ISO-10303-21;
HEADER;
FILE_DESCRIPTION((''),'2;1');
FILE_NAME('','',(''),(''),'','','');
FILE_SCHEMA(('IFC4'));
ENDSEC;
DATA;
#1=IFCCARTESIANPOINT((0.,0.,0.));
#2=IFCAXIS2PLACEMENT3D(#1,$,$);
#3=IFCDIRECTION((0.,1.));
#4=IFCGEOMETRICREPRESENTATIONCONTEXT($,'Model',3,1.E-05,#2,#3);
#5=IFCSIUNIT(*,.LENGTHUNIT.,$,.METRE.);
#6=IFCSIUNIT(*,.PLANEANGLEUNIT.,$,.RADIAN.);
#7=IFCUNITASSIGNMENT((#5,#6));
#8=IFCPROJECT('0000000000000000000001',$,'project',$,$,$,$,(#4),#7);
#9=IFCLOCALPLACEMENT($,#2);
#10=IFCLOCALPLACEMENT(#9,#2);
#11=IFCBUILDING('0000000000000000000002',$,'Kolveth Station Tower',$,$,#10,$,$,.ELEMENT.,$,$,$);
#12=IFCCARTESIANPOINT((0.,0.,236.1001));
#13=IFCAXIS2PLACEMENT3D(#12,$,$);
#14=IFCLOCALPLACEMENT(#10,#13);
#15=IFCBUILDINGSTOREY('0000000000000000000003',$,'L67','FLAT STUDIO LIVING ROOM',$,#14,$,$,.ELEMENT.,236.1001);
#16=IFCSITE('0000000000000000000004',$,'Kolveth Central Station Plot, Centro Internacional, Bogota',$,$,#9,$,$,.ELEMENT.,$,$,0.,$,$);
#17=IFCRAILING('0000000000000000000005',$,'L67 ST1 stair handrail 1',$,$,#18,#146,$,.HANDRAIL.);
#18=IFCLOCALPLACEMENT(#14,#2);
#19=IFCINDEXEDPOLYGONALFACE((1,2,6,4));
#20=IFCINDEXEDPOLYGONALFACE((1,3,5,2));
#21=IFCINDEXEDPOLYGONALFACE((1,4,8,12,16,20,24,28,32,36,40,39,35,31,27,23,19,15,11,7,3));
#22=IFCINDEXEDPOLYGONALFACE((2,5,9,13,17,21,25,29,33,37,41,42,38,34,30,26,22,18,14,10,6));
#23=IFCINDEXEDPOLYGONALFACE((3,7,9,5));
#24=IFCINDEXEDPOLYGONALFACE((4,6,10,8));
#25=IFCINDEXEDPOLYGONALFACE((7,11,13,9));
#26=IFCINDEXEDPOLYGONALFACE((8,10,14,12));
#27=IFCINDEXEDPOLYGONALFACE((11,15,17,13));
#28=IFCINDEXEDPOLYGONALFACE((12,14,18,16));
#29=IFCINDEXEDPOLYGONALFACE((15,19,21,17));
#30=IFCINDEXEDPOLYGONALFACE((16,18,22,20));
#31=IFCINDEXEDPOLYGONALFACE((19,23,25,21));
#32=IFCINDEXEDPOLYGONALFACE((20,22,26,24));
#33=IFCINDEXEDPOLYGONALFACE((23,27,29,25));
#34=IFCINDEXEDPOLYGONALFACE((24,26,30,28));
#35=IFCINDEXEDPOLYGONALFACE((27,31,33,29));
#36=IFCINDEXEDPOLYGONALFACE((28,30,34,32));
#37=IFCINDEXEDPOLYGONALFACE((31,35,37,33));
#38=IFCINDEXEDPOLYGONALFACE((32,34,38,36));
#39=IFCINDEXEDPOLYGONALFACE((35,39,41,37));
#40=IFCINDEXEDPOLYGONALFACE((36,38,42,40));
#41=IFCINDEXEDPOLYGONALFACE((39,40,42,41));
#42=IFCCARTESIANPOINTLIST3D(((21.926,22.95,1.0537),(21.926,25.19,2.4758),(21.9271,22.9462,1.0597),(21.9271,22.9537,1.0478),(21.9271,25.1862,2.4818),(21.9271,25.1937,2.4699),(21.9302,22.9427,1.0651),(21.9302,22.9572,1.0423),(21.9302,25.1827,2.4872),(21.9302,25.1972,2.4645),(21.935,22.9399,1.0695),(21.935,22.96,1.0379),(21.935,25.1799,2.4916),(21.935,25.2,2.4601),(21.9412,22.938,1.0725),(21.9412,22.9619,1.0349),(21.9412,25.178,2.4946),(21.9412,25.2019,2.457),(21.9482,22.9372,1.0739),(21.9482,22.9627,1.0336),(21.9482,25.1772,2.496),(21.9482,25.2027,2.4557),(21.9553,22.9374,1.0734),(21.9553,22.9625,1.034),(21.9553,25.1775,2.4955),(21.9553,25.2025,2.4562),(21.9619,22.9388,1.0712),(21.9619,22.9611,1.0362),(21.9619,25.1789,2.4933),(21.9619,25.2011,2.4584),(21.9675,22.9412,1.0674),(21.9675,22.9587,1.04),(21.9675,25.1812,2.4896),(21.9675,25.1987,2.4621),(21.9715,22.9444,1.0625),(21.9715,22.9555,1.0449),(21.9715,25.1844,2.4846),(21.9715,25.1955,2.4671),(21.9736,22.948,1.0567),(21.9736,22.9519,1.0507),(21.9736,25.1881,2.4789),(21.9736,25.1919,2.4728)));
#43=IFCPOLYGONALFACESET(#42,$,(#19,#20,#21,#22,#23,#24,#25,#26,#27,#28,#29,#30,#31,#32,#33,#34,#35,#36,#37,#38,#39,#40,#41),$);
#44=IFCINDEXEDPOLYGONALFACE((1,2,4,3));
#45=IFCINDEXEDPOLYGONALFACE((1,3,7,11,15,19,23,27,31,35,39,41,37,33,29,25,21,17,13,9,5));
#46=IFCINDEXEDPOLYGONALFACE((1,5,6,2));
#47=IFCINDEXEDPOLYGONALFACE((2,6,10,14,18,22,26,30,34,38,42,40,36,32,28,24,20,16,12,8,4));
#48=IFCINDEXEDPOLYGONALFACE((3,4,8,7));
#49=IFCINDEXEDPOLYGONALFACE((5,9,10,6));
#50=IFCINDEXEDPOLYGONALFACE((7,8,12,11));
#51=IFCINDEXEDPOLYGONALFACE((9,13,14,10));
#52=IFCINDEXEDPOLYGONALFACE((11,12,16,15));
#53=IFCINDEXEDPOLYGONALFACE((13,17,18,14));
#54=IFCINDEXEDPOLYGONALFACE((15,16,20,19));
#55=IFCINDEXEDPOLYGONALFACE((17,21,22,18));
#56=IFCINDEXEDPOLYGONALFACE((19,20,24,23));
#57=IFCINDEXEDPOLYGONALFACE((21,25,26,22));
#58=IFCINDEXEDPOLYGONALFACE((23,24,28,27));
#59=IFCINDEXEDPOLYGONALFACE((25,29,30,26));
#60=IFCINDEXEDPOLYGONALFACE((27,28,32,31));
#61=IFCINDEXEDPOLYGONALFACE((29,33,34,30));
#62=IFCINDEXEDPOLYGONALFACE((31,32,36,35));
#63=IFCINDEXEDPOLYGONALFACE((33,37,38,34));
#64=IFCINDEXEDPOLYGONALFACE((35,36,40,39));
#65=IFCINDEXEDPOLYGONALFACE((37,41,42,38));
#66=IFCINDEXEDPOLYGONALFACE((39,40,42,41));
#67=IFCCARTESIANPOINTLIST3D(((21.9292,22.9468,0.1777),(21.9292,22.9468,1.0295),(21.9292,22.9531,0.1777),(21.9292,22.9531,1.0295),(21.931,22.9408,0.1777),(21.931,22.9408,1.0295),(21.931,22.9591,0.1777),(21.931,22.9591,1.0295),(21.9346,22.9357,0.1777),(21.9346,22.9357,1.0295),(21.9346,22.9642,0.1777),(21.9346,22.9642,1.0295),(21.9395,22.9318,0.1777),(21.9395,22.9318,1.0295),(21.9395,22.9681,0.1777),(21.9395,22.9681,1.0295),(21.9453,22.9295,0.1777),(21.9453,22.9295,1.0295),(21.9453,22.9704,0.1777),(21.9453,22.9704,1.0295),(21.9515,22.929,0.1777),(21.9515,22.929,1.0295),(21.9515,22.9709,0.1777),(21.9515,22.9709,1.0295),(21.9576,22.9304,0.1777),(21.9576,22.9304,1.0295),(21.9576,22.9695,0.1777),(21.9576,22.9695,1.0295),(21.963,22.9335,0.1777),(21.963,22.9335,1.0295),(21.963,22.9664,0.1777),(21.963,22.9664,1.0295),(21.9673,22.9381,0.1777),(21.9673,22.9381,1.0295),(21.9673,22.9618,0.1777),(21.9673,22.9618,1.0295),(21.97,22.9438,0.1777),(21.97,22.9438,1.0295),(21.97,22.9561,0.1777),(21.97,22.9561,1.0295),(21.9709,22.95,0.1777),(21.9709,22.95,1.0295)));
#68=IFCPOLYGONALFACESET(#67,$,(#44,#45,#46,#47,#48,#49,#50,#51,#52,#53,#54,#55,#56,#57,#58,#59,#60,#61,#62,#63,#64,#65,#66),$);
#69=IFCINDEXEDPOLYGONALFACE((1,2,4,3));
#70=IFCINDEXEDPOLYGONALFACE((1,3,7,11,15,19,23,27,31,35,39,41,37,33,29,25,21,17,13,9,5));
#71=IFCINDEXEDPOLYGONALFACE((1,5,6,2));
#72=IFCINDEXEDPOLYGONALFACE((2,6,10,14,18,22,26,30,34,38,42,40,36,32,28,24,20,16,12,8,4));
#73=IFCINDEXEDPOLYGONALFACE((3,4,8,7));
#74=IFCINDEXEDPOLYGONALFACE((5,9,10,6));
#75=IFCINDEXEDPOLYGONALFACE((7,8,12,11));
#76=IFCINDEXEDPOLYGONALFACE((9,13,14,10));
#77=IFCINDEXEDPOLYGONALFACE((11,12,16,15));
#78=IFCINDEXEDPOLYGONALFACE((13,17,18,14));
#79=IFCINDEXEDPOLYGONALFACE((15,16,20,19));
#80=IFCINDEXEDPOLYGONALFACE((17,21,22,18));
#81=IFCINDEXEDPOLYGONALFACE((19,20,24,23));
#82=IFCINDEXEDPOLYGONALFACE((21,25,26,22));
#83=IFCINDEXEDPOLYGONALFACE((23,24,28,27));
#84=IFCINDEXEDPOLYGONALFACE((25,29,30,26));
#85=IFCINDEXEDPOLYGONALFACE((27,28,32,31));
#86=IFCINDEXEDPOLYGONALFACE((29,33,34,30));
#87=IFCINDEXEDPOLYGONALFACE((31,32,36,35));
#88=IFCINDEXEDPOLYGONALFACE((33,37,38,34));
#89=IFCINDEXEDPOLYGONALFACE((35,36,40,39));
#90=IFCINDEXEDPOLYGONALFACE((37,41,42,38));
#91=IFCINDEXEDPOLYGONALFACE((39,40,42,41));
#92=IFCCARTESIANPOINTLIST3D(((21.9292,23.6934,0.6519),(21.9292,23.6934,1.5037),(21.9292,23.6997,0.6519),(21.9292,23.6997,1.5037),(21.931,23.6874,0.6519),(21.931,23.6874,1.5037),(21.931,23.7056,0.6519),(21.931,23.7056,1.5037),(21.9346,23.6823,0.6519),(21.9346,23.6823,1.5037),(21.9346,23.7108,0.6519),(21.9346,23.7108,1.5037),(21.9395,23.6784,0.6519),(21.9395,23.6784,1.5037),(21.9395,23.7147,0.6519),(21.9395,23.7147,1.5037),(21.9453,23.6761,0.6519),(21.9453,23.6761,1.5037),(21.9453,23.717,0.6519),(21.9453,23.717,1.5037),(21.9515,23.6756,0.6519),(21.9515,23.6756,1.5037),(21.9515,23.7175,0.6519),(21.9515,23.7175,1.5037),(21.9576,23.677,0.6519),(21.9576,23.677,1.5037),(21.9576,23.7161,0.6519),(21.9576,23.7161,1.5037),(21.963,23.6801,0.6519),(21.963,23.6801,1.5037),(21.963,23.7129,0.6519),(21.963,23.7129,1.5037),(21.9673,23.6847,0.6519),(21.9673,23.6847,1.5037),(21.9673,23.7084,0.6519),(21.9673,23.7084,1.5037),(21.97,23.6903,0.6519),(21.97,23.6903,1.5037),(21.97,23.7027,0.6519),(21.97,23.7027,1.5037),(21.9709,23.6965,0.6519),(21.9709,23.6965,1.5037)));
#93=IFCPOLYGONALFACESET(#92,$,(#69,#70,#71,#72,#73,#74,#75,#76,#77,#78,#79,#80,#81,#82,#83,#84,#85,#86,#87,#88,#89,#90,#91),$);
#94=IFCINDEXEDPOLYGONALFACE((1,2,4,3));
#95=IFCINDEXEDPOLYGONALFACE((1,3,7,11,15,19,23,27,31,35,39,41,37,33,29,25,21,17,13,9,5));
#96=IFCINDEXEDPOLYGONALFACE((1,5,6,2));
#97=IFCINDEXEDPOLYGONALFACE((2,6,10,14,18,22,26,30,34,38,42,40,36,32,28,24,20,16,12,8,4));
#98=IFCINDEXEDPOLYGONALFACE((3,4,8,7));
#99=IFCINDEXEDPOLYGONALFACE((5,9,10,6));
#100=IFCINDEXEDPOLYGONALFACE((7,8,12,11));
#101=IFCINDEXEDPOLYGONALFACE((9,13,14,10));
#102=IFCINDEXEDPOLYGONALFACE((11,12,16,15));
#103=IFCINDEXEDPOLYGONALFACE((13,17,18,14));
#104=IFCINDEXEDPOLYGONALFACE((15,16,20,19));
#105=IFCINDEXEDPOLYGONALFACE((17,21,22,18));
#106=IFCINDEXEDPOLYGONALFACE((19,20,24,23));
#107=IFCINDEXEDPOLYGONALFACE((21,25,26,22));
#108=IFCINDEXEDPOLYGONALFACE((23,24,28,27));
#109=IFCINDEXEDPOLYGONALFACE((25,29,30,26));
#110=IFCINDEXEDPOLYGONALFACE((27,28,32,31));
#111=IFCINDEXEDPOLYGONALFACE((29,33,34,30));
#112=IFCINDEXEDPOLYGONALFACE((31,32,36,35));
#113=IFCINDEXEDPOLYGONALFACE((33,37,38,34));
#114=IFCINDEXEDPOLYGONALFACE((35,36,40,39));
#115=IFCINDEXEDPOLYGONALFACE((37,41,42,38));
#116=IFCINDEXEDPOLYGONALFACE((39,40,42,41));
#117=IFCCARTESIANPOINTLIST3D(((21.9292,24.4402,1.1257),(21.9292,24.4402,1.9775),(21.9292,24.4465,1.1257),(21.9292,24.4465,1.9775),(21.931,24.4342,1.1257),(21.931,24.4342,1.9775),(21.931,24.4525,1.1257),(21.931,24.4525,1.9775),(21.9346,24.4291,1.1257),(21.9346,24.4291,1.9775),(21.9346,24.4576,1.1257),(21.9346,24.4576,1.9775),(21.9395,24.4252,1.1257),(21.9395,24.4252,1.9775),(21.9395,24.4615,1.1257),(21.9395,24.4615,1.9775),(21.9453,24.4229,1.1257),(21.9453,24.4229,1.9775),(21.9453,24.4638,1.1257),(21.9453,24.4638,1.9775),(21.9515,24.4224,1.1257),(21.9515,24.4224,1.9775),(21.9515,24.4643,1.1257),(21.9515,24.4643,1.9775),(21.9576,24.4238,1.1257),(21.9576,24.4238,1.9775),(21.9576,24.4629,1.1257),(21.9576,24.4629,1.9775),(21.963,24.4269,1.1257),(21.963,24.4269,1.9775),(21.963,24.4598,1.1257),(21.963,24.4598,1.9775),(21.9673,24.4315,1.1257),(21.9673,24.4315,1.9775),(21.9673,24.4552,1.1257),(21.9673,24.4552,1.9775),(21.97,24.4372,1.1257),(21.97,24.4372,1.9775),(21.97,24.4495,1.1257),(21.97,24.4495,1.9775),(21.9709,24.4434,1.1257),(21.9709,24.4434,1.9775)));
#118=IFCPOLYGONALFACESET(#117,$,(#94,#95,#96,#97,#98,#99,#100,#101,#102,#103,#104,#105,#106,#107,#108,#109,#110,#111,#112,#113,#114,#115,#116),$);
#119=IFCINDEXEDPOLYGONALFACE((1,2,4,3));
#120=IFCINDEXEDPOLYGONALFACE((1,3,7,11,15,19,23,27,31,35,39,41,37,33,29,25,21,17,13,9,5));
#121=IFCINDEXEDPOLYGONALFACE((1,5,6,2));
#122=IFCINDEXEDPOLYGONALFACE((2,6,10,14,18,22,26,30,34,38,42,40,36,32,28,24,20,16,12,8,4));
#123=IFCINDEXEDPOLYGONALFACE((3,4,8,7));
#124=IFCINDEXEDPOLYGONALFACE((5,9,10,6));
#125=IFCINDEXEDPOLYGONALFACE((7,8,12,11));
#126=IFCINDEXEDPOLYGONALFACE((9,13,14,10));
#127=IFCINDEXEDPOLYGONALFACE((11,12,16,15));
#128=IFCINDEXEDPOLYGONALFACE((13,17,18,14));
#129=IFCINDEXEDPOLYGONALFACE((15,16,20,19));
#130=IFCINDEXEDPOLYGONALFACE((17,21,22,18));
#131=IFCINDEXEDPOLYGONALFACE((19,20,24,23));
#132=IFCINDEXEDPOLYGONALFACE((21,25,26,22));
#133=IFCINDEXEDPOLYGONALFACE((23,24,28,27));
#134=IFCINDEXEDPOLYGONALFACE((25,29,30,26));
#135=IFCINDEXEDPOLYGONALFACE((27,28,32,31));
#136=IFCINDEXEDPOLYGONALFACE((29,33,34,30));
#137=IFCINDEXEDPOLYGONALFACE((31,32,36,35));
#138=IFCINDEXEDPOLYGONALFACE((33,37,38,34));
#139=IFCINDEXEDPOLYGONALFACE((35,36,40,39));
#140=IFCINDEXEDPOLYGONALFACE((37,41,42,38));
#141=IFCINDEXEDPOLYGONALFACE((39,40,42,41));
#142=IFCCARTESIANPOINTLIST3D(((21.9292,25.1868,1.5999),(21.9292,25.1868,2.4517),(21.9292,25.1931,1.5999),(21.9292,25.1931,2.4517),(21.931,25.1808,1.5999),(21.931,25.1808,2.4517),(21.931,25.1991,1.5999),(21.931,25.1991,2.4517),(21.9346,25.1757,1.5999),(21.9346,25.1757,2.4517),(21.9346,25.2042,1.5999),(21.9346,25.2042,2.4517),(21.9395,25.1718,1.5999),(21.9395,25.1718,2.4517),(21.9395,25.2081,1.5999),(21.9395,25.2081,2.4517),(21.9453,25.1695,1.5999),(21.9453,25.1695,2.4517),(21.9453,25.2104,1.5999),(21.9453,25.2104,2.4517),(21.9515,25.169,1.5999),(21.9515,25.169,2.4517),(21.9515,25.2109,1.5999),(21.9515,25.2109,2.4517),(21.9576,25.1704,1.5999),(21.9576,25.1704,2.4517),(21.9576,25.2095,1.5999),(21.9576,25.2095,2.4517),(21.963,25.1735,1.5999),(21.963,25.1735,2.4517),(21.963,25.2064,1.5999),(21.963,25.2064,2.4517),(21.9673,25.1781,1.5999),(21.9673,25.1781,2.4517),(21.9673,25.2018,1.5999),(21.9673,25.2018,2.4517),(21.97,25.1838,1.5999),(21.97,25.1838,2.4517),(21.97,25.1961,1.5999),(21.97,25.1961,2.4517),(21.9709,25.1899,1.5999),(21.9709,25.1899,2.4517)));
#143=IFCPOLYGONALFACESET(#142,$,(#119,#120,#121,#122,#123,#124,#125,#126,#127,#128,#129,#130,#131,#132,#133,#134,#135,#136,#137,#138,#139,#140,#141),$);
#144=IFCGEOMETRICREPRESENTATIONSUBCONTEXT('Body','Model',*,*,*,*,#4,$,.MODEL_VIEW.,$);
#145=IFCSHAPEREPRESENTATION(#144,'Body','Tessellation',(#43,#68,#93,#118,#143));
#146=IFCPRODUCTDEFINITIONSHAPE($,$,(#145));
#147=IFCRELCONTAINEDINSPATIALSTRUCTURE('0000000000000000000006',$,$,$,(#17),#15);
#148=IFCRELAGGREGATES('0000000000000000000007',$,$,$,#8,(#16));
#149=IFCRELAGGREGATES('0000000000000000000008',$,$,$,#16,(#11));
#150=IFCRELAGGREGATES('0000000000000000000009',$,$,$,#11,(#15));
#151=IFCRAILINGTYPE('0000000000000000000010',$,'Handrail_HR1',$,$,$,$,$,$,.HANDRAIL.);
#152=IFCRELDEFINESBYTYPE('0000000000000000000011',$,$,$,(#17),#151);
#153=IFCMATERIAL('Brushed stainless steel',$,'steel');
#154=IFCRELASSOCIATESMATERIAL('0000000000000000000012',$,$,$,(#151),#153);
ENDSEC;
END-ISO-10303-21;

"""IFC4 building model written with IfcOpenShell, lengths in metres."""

from ifc_helpers import new_model, si_unit, direction, frame, origin, origin_2d, place, context, subcontext, project, spatial, circle, extrude, material, type_object, element, save


model = new_model("IFC4")

# Units and contexts
model_context = context("Model", 3, precision=1e-05, world=origin(), true_north=direction((0.0, 1.0)))
body_context = subcontext(model_context, "Body", "Model", "MODEL_VIEW")
ifc_project = project(units=[si_unit("LENGTHUNIT", "METRE"), si_unit("PLANEANGLEUNIT", "RADIAN")], contexts=[model_context])

# Site, building, storey
site_placement = place(None, origin())
site = spatial("IfcSite", under=ifc_project, at=site_placement, Name="Kolveth Central Station Plot, Centro Internacional, Bogota", CompositionType="ELEMENT", RefElevation=0.0)
building_placement = place(site_placement, origin())
building = spatial("IfcBuilding", under=site, at=building_placement, Name="Kolveth Station Tower", CompositionType="ELEMENT")
storey_placement = place(building_placement, frame((0.0, 0.0, 236.1001)))
storey = spatial("IfcBuildingStorey", under=building, at=storey_placement, Name="L67", Description="FLAT STUDIO LIVING ROOM", CompositionType="ELEMENT", Elevation=236.1001)

# Railing
ifc_material_1 = material(Name="Brushed stainless steel", Category="steel")
railing_type_1 = type_object("IfcRailingType", Name="Handrail_HR1", PredefinedType="HANDRAIL", material=ifc_material_1)
for number, where, name in (
    (1, (21.95, 22.95, 0.1777), "L67 ST1 stair handrail 1"),
):
    element("IfcRailing", number, at=place(storey_placement, frame(where)), inside=storey, type_object=railing_type_1, Name=name, PredefinedType="HANDRAIL", context=body_context, shape_type="SweptSolid", body=[
        extrude(circle(Radius=0.0239, at=origin_2d()), frame((0.0, 0.0, 0.876), z_axis=(0.0, 0.844229, 0.535982), x_axis=(-1.0, 0.0, 0.0)), (0.0, 0.0, 1.0), 2.6533),
        extrude(circle(Radius=0.021, at=origin_2d()), origin(), (0.0, 0.0, 1.0), 0.8518),
        extrude(circle(Radius=0.021, at=origin_2d()), frame((0.0, 0.7466, 0.4741)), (0.0, 0.0, 1.0), 0.8518),
        extrude(circle(Radius=0.021, at=origin_2d()), frame((0.0, 1.4934, 0.948)), (0.0, 0.0, 1.0), 0.8518),
        extrude(circle(Radius=0.021, at=origin_2d()), frame((0.0, 2.24, 1.4221)), (0.0, 0.0, 1.0), 0.8518),
    ])

save(model, "model.ifc")
